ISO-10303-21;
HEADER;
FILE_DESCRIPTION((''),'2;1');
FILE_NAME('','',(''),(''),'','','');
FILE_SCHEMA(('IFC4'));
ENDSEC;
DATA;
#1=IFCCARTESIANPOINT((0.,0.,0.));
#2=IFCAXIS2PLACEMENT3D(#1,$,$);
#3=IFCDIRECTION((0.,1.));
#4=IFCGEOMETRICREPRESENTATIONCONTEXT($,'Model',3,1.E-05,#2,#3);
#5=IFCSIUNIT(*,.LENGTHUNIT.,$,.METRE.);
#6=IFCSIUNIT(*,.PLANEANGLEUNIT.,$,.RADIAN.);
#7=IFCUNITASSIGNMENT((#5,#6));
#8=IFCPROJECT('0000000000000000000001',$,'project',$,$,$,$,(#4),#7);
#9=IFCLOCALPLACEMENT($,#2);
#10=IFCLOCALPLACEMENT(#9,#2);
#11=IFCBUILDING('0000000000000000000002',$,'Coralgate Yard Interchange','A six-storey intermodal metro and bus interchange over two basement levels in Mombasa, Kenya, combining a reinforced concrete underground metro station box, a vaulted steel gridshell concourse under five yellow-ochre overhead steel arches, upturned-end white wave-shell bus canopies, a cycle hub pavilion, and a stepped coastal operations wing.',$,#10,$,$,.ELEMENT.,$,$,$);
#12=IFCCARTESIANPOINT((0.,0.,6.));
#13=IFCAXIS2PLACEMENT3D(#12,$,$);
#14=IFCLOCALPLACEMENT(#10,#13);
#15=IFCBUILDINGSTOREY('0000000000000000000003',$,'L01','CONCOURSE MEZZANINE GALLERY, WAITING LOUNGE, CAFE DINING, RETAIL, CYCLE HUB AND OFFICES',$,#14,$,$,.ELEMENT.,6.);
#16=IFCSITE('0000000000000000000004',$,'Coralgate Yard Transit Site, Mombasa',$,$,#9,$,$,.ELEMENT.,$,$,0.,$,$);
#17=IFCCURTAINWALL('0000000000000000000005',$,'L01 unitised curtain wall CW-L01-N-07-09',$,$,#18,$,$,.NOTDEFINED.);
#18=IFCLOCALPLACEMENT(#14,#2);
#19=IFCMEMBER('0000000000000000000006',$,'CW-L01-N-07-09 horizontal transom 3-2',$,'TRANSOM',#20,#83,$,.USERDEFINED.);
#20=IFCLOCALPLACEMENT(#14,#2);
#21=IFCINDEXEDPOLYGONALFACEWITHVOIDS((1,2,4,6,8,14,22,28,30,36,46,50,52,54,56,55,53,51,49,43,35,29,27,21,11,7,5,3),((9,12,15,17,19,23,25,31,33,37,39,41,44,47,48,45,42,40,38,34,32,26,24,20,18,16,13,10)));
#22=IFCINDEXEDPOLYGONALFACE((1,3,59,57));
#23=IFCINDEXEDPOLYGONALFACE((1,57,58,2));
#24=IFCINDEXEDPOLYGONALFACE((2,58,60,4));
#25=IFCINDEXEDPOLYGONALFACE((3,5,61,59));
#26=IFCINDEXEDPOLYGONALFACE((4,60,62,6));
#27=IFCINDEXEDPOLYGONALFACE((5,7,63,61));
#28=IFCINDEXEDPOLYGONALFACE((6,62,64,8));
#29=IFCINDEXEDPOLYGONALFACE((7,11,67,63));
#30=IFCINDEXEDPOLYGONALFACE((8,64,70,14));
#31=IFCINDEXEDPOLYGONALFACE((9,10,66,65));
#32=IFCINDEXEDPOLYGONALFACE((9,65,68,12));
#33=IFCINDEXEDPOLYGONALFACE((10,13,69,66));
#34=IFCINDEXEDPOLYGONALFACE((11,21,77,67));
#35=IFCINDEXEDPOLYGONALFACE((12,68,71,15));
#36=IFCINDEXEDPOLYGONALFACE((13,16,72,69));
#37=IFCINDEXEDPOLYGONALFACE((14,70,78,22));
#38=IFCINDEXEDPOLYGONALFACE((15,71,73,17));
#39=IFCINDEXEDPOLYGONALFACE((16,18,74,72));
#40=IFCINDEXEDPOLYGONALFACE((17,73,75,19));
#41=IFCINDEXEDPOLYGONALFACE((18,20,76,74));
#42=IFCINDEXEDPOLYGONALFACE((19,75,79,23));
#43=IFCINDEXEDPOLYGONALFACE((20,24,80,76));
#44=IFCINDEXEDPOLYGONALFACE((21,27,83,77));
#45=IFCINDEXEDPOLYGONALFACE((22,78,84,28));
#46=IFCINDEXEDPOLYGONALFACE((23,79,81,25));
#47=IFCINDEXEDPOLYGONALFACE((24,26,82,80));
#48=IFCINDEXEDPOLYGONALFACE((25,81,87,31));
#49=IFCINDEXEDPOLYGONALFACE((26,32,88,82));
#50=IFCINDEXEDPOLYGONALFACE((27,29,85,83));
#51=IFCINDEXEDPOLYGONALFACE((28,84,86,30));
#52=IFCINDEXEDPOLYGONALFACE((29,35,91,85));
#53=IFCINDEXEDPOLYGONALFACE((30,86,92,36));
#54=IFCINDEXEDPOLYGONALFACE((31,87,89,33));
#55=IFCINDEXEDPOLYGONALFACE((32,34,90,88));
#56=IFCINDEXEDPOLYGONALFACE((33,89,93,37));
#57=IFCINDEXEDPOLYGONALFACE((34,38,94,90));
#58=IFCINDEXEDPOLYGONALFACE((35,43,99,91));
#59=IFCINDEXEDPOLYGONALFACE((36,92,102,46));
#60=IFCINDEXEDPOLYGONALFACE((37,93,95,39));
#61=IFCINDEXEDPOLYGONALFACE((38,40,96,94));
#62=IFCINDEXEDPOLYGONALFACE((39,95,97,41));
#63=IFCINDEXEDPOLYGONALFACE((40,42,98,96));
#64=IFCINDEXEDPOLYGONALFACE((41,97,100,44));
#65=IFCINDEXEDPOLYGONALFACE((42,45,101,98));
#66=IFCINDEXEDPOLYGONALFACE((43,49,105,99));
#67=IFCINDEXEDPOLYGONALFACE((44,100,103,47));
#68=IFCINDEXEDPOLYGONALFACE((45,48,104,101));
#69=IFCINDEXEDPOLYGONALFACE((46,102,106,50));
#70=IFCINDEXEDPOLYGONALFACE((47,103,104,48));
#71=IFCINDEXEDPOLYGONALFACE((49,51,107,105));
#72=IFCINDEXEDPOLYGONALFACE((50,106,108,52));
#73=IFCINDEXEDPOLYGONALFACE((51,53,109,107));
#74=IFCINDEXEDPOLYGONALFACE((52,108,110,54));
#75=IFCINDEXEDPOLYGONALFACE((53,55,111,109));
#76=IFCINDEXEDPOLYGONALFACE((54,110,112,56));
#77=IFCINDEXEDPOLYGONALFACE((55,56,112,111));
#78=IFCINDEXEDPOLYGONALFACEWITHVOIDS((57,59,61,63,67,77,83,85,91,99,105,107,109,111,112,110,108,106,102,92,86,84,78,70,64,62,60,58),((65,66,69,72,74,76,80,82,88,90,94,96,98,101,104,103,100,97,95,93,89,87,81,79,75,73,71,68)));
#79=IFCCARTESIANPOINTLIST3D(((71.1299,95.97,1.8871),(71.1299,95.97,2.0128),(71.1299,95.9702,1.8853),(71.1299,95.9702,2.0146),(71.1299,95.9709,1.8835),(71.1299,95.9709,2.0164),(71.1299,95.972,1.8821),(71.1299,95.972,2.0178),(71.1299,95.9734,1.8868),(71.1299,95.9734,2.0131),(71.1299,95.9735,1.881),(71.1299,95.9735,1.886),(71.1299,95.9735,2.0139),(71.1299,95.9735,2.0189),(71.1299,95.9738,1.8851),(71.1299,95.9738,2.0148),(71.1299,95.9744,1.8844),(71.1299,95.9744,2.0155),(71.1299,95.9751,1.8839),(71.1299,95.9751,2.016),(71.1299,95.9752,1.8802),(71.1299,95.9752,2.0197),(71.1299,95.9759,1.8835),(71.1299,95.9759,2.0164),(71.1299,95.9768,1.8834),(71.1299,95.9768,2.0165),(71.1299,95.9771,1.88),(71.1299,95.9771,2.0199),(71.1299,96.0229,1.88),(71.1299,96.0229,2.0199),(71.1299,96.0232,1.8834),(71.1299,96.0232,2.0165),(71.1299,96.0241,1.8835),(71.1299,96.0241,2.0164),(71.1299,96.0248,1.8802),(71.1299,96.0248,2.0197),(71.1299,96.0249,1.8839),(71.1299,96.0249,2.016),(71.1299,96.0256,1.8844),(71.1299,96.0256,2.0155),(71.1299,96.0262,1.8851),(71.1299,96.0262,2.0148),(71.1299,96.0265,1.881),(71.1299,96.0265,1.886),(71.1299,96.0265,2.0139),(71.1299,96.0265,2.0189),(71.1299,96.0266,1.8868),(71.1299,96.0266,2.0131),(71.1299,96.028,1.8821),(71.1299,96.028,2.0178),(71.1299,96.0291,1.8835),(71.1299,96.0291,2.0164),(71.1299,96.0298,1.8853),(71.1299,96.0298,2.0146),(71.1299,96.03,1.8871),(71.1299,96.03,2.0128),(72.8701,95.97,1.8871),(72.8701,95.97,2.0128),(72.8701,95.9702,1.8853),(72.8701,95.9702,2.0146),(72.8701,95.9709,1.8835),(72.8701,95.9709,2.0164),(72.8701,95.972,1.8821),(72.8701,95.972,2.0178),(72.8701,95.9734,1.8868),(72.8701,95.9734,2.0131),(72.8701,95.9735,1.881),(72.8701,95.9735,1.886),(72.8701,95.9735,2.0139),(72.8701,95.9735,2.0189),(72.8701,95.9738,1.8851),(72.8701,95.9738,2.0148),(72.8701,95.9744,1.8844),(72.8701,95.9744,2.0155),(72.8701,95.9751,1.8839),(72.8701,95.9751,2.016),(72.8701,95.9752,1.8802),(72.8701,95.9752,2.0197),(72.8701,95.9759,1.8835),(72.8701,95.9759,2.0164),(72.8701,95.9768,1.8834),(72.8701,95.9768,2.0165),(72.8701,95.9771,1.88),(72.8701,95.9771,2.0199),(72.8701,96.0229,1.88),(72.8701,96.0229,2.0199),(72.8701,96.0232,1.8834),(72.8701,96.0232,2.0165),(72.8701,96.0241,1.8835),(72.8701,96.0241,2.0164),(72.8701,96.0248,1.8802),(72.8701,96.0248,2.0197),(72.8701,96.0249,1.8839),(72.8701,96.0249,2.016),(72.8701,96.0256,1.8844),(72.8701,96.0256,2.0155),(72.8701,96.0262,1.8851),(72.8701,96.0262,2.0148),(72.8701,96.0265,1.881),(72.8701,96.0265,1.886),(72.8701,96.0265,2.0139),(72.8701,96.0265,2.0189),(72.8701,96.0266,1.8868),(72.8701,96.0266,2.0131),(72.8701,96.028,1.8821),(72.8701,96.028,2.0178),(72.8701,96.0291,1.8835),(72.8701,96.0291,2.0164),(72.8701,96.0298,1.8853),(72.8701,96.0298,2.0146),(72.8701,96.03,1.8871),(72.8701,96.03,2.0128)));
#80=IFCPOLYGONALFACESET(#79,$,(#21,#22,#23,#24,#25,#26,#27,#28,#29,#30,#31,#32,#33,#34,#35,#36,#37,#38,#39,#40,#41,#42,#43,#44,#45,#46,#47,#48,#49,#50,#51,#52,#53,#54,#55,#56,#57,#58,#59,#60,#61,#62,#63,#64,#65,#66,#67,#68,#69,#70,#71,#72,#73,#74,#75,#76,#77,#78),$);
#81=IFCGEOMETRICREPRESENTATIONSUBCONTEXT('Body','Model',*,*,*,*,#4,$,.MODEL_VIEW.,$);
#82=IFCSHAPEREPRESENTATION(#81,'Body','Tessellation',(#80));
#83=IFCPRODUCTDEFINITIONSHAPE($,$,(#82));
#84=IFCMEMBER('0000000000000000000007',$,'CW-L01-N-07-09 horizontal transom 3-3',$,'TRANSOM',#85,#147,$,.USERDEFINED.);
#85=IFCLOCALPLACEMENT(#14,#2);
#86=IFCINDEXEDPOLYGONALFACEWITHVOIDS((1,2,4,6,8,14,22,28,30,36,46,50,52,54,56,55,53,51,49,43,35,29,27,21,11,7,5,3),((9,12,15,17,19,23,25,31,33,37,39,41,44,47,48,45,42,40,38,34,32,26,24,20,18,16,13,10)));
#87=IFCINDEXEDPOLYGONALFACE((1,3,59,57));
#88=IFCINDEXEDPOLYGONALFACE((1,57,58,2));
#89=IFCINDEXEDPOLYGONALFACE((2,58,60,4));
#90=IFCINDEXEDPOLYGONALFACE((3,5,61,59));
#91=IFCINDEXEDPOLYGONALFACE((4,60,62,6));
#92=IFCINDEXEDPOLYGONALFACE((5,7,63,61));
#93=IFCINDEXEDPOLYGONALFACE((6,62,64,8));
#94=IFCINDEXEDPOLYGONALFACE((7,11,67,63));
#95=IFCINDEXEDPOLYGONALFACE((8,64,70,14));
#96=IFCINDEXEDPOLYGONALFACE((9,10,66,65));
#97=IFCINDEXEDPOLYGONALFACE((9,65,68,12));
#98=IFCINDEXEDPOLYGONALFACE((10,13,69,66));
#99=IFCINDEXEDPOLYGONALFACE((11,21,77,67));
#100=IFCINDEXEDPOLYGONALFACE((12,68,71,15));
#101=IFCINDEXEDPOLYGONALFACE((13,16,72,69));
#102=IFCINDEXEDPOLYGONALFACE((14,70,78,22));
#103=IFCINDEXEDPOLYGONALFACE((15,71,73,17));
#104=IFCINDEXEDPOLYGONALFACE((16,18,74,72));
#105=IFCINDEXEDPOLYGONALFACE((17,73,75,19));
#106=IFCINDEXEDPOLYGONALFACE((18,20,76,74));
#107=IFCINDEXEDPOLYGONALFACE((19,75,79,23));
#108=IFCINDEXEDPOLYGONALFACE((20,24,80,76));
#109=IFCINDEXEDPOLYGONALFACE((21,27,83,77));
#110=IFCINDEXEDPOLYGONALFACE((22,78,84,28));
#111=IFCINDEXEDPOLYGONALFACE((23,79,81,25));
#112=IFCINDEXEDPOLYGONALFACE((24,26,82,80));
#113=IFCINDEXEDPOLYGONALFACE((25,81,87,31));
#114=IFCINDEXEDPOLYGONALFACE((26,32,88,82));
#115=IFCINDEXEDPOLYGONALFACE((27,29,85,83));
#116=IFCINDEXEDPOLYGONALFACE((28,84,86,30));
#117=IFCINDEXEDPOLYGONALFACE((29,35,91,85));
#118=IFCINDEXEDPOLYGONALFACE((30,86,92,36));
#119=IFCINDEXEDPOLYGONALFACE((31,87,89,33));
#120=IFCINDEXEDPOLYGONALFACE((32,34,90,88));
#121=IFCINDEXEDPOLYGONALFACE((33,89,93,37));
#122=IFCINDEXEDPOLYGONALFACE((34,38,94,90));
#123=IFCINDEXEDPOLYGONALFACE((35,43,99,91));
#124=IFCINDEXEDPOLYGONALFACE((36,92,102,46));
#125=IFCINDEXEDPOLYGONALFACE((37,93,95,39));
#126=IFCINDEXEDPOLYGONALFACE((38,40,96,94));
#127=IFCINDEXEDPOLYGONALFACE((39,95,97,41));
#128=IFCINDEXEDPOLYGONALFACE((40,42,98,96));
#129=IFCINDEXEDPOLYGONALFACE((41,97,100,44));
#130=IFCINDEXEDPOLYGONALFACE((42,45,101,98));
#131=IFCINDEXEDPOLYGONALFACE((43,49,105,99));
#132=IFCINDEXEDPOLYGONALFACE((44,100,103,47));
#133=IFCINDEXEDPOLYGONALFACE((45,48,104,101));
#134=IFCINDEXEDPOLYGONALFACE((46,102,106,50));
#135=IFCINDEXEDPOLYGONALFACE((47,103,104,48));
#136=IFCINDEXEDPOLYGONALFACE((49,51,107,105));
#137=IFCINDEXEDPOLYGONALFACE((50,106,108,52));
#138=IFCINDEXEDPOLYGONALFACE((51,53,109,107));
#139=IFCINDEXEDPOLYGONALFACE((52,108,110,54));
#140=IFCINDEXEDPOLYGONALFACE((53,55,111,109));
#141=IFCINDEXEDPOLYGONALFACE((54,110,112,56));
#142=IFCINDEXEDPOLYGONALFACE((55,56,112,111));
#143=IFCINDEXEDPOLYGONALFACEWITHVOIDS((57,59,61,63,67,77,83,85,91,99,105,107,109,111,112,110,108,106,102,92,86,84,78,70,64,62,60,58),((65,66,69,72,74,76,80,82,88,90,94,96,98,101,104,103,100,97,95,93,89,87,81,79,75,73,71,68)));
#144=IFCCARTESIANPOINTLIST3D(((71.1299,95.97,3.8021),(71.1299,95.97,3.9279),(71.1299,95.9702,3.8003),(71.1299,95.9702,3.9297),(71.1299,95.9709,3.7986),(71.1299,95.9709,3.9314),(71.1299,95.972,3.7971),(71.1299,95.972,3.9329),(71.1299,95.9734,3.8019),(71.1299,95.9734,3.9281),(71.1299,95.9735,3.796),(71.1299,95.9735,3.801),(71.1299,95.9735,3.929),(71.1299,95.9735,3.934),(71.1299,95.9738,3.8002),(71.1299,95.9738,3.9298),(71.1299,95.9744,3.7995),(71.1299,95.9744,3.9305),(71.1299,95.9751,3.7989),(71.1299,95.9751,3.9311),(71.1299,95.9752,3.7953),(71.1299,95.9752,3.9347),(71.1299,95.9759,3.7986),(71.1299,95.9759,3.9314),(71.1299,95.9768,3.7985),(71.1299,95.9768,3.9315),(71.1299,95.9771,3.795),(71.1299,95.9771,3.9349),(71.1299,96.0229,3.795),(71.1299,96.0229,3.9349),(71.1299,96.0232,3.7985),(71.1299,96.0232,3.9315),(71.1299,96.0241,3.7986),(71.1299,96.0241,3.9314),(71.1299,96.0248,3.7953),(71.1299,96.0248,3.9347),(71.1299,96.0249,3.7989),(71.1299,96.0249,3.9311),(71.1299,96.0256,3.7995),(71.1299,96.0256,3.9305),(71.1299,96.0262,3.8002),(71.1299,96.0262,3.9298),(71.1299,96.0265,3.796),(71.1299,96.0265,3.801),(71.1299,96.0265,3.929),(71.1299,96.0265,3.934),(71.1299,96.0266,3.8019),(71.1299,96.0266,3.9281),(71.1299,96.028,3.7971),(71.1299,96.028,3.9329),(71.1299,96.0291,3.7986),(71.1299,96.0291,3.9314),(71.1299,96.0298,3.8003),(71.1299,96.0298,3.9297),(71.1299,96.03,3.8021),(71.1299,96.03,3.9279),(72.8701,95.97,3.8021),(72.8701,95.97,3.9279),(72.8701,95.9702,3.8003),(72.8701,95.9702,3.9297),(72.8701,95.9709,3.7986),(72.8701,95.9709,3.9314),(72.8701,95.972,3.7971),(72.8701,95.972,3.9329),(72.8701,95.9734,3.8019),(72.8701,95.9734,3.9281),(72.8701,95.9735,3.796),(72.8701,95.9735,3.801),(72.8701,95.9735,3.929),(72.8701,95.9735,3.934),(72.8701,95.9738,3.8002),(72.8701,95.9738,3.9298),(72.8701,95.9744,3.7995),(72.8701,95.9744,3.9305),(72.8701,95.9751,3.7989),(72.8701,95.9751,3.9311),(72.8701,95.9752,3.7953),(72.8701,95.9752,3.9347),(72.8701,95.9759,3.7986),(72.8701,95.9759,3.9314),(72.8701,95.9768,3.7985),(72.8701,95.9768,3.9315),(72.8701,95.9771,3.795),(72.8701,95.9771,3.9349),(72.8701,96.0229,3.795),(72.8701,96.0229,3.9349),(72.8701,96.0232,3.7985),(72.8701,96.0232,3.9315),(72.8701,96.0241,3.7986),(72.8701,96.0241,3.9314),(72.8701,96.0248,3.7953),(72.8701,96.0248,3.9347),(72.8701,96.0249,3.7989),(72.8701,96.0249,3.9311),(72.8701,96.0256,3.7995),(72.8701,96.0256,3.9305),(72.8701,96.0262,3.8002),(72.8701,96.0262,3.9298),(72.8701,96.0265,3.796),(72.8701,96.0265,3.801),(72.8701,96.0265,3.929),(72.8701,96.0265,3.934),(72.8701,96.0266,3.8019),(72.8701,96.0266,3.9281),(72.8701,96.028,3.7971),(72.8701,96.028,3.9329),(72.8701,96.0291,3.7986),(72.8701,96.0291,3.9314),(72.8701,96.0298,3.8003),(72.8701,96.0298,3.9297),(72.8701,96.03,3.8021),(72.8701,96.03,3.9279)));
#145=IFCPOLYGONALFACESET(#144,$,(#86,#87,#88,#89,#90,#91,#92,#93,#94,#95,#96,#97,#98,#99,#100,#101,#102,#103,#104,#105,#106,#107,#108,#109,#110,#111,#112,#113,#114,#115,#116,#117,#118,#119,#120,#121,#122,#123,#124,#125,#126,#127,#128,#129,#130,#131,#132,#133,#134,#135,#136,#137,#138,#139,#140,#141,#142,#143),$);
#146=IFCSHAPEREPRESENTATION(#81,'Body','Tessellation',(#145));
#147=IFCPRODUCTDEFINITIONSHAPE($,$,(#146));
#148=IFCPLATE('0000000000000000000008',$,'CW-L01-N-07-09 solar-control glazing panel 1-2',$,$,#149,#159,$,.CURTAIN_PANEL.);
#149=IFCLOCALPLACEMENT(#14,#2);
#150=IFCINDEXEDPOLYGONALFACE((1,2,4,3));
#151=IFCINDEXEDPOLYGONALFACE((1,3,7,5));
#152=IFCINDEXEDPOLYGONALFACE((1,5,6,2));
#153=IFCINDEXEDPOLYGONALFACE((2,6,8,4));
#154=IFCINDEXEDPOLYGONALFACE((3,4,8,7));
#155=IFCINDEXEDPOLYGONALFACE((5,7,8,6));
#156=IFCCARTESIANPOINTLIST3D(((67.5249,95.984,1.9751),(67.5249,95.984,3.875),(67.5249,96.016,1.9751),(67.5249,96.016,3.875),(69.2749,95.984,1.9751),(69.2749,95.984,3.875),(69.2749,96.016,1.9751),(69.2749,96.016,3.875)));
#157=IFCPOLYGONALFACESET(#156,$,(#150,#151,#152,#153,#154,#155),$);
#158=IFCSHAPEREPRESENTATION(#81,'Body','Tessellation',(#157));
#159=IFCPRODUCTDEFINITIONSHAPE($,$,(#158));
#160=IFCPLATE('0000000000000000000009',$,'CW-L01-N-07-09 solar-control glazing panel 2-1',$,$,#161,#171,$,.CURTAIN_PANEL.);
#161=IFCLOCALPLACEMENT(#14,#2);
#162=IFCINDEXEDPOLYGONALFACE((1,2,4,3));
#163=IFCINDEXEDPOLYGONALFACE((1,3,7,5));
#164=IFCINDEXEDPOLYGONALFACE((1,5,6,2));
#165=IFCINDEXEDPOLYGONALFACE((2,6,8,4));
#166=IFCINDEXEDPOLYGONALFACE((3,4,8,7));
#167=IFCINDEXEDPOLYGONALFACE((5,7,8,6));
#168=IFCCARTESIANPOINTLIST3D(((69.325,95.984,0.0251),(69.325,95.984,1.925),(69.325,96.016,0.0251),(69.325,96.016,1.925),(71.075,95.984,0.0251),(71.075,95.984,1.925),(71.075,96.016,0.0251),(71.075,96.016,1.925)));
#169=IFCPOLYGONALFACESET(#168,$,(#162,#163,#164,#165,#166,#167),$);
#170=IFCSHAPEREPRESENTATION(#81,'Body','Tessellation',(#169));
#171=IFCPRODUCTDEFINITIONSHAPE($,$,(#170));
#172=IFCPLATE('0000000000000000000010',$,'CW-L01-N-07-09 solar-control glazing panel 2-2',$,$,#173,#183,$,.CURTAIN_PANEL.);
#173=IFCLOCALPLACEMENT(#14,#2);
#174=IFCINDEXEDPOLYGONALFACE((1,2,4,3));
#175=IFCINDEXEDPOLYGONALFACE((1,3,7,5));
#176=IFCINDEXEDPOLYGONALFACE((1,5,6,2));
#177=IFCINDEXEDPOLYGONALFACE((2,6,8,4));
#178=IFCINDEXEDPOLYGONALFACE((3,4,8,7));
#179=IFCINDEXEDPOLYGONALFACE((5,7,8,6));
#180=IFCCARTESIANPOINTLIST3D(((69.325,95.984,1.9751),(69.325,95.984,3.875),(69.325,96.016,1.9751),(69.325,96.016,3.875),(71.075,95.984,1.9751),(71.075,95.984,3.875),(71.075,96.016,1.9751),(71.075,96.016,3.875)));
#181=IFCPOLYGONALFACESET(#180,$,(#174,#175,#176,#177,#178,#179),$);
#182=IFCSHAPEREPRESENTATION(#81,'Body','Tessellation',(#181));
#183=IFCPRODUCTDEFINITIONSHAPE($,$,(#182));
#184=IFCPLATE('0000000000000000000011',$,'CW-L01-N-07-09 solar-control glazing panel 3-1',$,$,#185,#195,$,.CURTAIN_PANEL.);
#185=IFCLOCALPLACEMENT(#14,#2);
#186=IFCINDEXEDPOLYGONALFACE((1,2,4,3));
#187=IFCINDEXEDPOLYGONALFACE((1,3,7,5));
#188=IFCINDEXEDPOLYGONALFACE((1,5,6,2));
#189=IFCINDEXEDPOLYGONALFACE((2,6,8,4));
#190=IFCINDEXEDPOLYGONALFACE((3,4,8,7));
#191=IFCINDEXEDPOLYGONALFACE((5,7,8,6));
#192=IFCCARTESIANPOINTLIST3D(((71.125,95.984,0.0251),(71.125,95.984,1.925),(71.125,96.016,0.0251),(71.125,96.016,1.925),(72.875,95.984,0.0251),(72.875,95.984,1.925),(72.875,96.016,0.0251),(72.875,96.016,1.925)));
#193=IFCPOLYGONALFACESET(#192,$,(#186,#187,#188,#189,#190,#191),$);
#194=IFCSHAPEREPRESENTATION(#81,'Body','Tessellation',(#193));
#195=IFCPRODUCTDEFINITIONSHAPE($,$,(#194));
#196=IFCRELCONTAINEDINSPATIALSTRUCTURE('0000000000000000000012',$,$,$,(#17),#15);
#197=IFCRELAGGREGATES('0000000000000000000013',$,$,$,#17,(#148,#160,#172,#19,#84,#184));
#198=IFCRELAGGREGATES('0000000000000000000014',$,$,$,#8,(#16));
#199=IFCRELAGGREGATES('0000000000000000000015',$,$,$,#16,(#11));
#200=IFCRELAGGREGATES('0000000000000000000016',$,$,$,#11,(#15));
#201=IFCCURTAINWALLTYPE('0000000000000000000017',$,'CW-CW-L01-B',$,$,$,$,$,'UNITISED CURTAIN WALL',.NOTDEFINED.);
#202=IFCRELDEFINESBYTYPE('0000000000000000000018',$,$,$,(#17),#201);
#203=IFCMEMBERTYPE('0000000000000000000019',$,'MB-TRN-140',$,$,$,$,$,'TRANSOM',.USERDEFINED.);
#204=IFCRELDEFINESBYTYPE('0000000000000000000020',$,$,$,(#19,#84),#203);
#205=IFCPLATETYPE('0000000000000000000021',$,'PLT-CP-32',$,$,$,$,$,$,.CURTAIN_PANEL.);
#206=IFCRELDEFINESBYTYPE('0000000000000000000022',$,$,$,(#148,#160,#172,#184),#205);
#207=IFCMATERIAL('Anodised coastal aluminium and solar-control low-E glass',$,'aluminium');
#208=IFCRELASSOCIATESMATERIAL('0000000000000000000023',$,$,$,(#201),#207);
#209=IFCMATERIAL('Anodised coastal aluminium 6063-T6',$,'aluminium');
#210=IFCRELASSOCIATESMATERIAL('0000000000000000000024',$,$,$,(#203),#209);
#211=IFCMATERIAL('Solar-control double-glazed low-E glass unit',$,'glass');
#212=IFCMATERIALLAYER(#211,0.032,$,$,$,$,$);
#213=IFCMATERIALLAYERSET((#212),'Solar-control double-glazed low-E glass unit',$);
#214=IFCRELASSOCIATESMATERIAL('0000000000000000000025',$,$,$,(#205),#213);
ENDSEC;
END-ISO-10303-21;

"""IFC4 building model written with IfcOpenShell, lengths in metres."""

from ifc_helpers import new_model, si_unit, direction, frame, origin, origin_2d, place, context, subcontext, project, spatial, rectangle, hollow_rectangle, extrude, material, layer, layer_set, material_profile, profile_set, type_object, element, aggregate, save


model = new_model("IFC4")

# Units and contexts
model_context = context("Model", 3, precision=1e-05, world=origin(), true_north=direction((0.0, 1.0)))
body_context = subcontext(model_context, "Body", "Model", "MODEL_VIEW")
ifc_project = project(units=[si_unit("LENGTHUNIT", "METRE"), si_unit("PLANEANGLEUNIT", "RADIAN")], contexts=[model_context])

# Site, building, storey
site_placement = place(None, origin())
site = spatial("IfcSite", under=ifc_project, at=site_placement, Name="Coralgate Yard Transit Site, Mombasa", CompositionType="ELEMENT", RefElevation=0.0)
building_placement = place(site_placement, origin())
building = spatial("IfcBuilding", under=site, at=building_placement, Name="Coralgate Yard Interchange", Description="A six-storey intermodal metro and bus interchange over two basement levels in Mombasa, Kenya, combining a reinforced concrete underground metro station box, a vaulted steel gridshell concourse under five yellow-ochre overhead steel arches, upturned-end white wave-shell bus canopies, a cycle hub pavilion, and a stepped coastal operations wing.", CompositionType="ELEMENT")
storey_placement = place(building_placement, frame((0.0, 0.0, 6.0)))
storey = spatial("IfcBuildingStorey", under=building, at=storey_placement, Name="L01", Description="CONCOURSE MEZZANINE GALLERY, WAITING LOUNGE, CAFE DINING, RETAIL, CYCLE HUB AND OFFICES", CompositionType="ELEMENT", Elevation=6.0)

# Curtain wall
ifc_material_1 = material(Name="Anodised coastal aluminium and solar-control low-E glass", Category="aluminium")
curtain_wall_type = type_object("IfcCurtainWallType", Name="CW-CW-L01-B", ElementType="UNITISED CURTAIN WALL", PredefinedType="NOTDEFINED", material=ifc_material_1)
curtain_wall_placement = place(storey_placement, origin())
curtain_wall = element("IfcCurtainWall", 1, at=curtain_wall_placement, inside=storey, type_object=curtain_wall_type, Name="L01 unitised curtain wall CW-L01-N-07-09", PredefinedType="NOTDEFINED")
ifc_material_2 = material(Name="Anodised coastal aluminium 6063-T6", Category="aluminium")

# Members
ifc_material_profile_1 = material_profile(ifc_material_2, hollow_rectangle(XDim=0.0601, YDim=0.1399, WallThickness=0.0034, InnerFilletRadius=0.0034, OuterFilletRadius=0.0071, at=origin_2d()), Name="ALU 60x140x3.5")
ifc_profile_set_1 = profile_set([ifc_material_profile_1], Name="Anodised coastal aluminium 6063-T6")
member_type_1 = type_object("IfcMemberType", Name="MB-TRN-140", ElementType="TRANSOM", PredefinedType="USERDEFINED", material=ifc_profile_set_1)
member_1_placement = place(storey_placement, frame((71.1299, 96.0, 1.95), z_axis=(1.0, 0.0, 0.0), x_axis=(0.0, 1.0, 0.0)))
member_1 = element("IfcMember", 2, at=member_1_placement, type_object=member_type_1, Name="CW-L01-N-07-09 horizontal transom 3-2", ObjectType="TRANSOM", PredefinedType="USERDEFINED", context=body_context, shape_type="SweptSolid", body=[
    extrude(hollow_rectangle(XDim=0.0601, YDim=0.1399, WallThickness=0.0034, InnerFilletRadius=0.0034, OuterFilletRadius=0.0071, at=origin_2d()), origin(), (0.0, 0.0, 1.0), 1.7402),
])
member_2_placement = place(storey_placement, frame((71.1299, 96.0, 3.865), z_axis=(1.0, 0.0, 0.0), x_axis=(0.0, 1.0, 0.0)))
member_2 = element("IfcMember", 3, at=member_2_placement, type_object=member_type_1, Name="CW-L01-N-07-09 horizontal transom 3-3", ObjectType="TRANSOM", PredefinedType="USERDEFINED", context=body_context, shape_type="SweptSolid", body=[
    extrude(hollow_rectangle(XDim=0.0601, YDim=0.1399, WallThickness=0.0034, InnerFilletRadius=0.0034, OuterFilletRadius=0.0071, at=origin_2d()), origin(), (0.0, 0.0, 1.0), 1.7402),
])

# Plates
ifc_material_3 = material(Name="Solar-control double-glazed low-E glass unit", Category="glass")
ifc_layer_1 = layer(ifc_material_3, 0.032)
ifc_layer_set_1 = layer_set([ifc_layer_1], Name="Solar-control double-glazed low-E glass unit")
plate_type_1 = type_object("IfcPlateType", Name="PLT-CP-32", PredefinedType="CURTAIN_PANEL", material=ifc_layer_set_1)
plate_1_placement = place(storey_placement, frame((68.3999, 96.0, 1.9751), z_axis=(0.0, 0.0, 1.0), x_axis=(1.0, 0.0, 0.0)))
plate_1 = element("IfcPlate", 4, at=plate_1_placement, type_object=plate_type_1, Name="CW-L01-N-07-09 solar-control glazing panel 1-2", PredefinedType="CURTAIN_PANEL", context=body_context, shape_type="SweptSolid", body=[
    extrude(rectangle(XDim=1.75, YDim=0.032, at=origin_2d()), origin(), (0.0, 0.0, 1.0), 1.8999),
])
plate_2_placement = place(storey_placement, frame((70.2, 96.0, 0.0251), z_axis=(0.0, 0.0, 1.0), x_axis=(1.0, 0.0, 0.0)))
plate_2 = element("IfcPlate", 5, at=plate_2_placement, type_object=plate_type_1, Name="CW-L01-N-07-09 solar-control glazing panel 2-1", PredefinedType="CURTAIN_PANEL", context=body_context, shape_type="SweptSolid", body=[
    extrude(rectangle(XDim=1.75, YDim=0.032, at=origin_2d()), origin(), (0.0, 0.0, 1.0), 1.8999),
])
plate_3_placement = place(storey_placement, frame((70.2, 96.0, 1.9751), z_axis=(0.0, 0.0, 1.0), x_axis=(1.0, 0.0, 0.0)))
plate_3 = element("IfcPlate", 6, at=plate_3_placement, type_object=plate_type_1, Name="CW-L01-N-07-09 solar-control glazing panel 2-2", PredefinedType="CURTAIN_PANEL", context=body_context, shape_type="SweptSolid", body=[
    extrude(rectangle(XDim=1.75, YDim=0.032, at=origin_2d()), origin(), (0.0, 0.0, 1.0), 1.8999),
])
plate_4_placement = place(storey_placement, frame((72.0, 96.0, 0.0251), z_axis=(0.0, 0.0, 1.0), x_axis=(1.0, 0.0, 0.0)))
plate_4 = element("IfcPlate", 7, at=plate_4_placement, type_object=plate_type_1, Name="CW-L01-N-07-09 solar-control glazing panel 3-1", PredefinedType="CURTAIN_PANEL", context=body_context, shape_type="SweptSolid", body=[
    extrude(rectangle(XDim=1.75, YDim=0.032, at=origin_2d()), origin(), (0.0, 0.0, 1.0), 1.8999),
])
aggregate(curtain_wall, [plate_1, plate_2, plate_3, member_1, member_2, plate_4])

save(model, "model.ifc")
